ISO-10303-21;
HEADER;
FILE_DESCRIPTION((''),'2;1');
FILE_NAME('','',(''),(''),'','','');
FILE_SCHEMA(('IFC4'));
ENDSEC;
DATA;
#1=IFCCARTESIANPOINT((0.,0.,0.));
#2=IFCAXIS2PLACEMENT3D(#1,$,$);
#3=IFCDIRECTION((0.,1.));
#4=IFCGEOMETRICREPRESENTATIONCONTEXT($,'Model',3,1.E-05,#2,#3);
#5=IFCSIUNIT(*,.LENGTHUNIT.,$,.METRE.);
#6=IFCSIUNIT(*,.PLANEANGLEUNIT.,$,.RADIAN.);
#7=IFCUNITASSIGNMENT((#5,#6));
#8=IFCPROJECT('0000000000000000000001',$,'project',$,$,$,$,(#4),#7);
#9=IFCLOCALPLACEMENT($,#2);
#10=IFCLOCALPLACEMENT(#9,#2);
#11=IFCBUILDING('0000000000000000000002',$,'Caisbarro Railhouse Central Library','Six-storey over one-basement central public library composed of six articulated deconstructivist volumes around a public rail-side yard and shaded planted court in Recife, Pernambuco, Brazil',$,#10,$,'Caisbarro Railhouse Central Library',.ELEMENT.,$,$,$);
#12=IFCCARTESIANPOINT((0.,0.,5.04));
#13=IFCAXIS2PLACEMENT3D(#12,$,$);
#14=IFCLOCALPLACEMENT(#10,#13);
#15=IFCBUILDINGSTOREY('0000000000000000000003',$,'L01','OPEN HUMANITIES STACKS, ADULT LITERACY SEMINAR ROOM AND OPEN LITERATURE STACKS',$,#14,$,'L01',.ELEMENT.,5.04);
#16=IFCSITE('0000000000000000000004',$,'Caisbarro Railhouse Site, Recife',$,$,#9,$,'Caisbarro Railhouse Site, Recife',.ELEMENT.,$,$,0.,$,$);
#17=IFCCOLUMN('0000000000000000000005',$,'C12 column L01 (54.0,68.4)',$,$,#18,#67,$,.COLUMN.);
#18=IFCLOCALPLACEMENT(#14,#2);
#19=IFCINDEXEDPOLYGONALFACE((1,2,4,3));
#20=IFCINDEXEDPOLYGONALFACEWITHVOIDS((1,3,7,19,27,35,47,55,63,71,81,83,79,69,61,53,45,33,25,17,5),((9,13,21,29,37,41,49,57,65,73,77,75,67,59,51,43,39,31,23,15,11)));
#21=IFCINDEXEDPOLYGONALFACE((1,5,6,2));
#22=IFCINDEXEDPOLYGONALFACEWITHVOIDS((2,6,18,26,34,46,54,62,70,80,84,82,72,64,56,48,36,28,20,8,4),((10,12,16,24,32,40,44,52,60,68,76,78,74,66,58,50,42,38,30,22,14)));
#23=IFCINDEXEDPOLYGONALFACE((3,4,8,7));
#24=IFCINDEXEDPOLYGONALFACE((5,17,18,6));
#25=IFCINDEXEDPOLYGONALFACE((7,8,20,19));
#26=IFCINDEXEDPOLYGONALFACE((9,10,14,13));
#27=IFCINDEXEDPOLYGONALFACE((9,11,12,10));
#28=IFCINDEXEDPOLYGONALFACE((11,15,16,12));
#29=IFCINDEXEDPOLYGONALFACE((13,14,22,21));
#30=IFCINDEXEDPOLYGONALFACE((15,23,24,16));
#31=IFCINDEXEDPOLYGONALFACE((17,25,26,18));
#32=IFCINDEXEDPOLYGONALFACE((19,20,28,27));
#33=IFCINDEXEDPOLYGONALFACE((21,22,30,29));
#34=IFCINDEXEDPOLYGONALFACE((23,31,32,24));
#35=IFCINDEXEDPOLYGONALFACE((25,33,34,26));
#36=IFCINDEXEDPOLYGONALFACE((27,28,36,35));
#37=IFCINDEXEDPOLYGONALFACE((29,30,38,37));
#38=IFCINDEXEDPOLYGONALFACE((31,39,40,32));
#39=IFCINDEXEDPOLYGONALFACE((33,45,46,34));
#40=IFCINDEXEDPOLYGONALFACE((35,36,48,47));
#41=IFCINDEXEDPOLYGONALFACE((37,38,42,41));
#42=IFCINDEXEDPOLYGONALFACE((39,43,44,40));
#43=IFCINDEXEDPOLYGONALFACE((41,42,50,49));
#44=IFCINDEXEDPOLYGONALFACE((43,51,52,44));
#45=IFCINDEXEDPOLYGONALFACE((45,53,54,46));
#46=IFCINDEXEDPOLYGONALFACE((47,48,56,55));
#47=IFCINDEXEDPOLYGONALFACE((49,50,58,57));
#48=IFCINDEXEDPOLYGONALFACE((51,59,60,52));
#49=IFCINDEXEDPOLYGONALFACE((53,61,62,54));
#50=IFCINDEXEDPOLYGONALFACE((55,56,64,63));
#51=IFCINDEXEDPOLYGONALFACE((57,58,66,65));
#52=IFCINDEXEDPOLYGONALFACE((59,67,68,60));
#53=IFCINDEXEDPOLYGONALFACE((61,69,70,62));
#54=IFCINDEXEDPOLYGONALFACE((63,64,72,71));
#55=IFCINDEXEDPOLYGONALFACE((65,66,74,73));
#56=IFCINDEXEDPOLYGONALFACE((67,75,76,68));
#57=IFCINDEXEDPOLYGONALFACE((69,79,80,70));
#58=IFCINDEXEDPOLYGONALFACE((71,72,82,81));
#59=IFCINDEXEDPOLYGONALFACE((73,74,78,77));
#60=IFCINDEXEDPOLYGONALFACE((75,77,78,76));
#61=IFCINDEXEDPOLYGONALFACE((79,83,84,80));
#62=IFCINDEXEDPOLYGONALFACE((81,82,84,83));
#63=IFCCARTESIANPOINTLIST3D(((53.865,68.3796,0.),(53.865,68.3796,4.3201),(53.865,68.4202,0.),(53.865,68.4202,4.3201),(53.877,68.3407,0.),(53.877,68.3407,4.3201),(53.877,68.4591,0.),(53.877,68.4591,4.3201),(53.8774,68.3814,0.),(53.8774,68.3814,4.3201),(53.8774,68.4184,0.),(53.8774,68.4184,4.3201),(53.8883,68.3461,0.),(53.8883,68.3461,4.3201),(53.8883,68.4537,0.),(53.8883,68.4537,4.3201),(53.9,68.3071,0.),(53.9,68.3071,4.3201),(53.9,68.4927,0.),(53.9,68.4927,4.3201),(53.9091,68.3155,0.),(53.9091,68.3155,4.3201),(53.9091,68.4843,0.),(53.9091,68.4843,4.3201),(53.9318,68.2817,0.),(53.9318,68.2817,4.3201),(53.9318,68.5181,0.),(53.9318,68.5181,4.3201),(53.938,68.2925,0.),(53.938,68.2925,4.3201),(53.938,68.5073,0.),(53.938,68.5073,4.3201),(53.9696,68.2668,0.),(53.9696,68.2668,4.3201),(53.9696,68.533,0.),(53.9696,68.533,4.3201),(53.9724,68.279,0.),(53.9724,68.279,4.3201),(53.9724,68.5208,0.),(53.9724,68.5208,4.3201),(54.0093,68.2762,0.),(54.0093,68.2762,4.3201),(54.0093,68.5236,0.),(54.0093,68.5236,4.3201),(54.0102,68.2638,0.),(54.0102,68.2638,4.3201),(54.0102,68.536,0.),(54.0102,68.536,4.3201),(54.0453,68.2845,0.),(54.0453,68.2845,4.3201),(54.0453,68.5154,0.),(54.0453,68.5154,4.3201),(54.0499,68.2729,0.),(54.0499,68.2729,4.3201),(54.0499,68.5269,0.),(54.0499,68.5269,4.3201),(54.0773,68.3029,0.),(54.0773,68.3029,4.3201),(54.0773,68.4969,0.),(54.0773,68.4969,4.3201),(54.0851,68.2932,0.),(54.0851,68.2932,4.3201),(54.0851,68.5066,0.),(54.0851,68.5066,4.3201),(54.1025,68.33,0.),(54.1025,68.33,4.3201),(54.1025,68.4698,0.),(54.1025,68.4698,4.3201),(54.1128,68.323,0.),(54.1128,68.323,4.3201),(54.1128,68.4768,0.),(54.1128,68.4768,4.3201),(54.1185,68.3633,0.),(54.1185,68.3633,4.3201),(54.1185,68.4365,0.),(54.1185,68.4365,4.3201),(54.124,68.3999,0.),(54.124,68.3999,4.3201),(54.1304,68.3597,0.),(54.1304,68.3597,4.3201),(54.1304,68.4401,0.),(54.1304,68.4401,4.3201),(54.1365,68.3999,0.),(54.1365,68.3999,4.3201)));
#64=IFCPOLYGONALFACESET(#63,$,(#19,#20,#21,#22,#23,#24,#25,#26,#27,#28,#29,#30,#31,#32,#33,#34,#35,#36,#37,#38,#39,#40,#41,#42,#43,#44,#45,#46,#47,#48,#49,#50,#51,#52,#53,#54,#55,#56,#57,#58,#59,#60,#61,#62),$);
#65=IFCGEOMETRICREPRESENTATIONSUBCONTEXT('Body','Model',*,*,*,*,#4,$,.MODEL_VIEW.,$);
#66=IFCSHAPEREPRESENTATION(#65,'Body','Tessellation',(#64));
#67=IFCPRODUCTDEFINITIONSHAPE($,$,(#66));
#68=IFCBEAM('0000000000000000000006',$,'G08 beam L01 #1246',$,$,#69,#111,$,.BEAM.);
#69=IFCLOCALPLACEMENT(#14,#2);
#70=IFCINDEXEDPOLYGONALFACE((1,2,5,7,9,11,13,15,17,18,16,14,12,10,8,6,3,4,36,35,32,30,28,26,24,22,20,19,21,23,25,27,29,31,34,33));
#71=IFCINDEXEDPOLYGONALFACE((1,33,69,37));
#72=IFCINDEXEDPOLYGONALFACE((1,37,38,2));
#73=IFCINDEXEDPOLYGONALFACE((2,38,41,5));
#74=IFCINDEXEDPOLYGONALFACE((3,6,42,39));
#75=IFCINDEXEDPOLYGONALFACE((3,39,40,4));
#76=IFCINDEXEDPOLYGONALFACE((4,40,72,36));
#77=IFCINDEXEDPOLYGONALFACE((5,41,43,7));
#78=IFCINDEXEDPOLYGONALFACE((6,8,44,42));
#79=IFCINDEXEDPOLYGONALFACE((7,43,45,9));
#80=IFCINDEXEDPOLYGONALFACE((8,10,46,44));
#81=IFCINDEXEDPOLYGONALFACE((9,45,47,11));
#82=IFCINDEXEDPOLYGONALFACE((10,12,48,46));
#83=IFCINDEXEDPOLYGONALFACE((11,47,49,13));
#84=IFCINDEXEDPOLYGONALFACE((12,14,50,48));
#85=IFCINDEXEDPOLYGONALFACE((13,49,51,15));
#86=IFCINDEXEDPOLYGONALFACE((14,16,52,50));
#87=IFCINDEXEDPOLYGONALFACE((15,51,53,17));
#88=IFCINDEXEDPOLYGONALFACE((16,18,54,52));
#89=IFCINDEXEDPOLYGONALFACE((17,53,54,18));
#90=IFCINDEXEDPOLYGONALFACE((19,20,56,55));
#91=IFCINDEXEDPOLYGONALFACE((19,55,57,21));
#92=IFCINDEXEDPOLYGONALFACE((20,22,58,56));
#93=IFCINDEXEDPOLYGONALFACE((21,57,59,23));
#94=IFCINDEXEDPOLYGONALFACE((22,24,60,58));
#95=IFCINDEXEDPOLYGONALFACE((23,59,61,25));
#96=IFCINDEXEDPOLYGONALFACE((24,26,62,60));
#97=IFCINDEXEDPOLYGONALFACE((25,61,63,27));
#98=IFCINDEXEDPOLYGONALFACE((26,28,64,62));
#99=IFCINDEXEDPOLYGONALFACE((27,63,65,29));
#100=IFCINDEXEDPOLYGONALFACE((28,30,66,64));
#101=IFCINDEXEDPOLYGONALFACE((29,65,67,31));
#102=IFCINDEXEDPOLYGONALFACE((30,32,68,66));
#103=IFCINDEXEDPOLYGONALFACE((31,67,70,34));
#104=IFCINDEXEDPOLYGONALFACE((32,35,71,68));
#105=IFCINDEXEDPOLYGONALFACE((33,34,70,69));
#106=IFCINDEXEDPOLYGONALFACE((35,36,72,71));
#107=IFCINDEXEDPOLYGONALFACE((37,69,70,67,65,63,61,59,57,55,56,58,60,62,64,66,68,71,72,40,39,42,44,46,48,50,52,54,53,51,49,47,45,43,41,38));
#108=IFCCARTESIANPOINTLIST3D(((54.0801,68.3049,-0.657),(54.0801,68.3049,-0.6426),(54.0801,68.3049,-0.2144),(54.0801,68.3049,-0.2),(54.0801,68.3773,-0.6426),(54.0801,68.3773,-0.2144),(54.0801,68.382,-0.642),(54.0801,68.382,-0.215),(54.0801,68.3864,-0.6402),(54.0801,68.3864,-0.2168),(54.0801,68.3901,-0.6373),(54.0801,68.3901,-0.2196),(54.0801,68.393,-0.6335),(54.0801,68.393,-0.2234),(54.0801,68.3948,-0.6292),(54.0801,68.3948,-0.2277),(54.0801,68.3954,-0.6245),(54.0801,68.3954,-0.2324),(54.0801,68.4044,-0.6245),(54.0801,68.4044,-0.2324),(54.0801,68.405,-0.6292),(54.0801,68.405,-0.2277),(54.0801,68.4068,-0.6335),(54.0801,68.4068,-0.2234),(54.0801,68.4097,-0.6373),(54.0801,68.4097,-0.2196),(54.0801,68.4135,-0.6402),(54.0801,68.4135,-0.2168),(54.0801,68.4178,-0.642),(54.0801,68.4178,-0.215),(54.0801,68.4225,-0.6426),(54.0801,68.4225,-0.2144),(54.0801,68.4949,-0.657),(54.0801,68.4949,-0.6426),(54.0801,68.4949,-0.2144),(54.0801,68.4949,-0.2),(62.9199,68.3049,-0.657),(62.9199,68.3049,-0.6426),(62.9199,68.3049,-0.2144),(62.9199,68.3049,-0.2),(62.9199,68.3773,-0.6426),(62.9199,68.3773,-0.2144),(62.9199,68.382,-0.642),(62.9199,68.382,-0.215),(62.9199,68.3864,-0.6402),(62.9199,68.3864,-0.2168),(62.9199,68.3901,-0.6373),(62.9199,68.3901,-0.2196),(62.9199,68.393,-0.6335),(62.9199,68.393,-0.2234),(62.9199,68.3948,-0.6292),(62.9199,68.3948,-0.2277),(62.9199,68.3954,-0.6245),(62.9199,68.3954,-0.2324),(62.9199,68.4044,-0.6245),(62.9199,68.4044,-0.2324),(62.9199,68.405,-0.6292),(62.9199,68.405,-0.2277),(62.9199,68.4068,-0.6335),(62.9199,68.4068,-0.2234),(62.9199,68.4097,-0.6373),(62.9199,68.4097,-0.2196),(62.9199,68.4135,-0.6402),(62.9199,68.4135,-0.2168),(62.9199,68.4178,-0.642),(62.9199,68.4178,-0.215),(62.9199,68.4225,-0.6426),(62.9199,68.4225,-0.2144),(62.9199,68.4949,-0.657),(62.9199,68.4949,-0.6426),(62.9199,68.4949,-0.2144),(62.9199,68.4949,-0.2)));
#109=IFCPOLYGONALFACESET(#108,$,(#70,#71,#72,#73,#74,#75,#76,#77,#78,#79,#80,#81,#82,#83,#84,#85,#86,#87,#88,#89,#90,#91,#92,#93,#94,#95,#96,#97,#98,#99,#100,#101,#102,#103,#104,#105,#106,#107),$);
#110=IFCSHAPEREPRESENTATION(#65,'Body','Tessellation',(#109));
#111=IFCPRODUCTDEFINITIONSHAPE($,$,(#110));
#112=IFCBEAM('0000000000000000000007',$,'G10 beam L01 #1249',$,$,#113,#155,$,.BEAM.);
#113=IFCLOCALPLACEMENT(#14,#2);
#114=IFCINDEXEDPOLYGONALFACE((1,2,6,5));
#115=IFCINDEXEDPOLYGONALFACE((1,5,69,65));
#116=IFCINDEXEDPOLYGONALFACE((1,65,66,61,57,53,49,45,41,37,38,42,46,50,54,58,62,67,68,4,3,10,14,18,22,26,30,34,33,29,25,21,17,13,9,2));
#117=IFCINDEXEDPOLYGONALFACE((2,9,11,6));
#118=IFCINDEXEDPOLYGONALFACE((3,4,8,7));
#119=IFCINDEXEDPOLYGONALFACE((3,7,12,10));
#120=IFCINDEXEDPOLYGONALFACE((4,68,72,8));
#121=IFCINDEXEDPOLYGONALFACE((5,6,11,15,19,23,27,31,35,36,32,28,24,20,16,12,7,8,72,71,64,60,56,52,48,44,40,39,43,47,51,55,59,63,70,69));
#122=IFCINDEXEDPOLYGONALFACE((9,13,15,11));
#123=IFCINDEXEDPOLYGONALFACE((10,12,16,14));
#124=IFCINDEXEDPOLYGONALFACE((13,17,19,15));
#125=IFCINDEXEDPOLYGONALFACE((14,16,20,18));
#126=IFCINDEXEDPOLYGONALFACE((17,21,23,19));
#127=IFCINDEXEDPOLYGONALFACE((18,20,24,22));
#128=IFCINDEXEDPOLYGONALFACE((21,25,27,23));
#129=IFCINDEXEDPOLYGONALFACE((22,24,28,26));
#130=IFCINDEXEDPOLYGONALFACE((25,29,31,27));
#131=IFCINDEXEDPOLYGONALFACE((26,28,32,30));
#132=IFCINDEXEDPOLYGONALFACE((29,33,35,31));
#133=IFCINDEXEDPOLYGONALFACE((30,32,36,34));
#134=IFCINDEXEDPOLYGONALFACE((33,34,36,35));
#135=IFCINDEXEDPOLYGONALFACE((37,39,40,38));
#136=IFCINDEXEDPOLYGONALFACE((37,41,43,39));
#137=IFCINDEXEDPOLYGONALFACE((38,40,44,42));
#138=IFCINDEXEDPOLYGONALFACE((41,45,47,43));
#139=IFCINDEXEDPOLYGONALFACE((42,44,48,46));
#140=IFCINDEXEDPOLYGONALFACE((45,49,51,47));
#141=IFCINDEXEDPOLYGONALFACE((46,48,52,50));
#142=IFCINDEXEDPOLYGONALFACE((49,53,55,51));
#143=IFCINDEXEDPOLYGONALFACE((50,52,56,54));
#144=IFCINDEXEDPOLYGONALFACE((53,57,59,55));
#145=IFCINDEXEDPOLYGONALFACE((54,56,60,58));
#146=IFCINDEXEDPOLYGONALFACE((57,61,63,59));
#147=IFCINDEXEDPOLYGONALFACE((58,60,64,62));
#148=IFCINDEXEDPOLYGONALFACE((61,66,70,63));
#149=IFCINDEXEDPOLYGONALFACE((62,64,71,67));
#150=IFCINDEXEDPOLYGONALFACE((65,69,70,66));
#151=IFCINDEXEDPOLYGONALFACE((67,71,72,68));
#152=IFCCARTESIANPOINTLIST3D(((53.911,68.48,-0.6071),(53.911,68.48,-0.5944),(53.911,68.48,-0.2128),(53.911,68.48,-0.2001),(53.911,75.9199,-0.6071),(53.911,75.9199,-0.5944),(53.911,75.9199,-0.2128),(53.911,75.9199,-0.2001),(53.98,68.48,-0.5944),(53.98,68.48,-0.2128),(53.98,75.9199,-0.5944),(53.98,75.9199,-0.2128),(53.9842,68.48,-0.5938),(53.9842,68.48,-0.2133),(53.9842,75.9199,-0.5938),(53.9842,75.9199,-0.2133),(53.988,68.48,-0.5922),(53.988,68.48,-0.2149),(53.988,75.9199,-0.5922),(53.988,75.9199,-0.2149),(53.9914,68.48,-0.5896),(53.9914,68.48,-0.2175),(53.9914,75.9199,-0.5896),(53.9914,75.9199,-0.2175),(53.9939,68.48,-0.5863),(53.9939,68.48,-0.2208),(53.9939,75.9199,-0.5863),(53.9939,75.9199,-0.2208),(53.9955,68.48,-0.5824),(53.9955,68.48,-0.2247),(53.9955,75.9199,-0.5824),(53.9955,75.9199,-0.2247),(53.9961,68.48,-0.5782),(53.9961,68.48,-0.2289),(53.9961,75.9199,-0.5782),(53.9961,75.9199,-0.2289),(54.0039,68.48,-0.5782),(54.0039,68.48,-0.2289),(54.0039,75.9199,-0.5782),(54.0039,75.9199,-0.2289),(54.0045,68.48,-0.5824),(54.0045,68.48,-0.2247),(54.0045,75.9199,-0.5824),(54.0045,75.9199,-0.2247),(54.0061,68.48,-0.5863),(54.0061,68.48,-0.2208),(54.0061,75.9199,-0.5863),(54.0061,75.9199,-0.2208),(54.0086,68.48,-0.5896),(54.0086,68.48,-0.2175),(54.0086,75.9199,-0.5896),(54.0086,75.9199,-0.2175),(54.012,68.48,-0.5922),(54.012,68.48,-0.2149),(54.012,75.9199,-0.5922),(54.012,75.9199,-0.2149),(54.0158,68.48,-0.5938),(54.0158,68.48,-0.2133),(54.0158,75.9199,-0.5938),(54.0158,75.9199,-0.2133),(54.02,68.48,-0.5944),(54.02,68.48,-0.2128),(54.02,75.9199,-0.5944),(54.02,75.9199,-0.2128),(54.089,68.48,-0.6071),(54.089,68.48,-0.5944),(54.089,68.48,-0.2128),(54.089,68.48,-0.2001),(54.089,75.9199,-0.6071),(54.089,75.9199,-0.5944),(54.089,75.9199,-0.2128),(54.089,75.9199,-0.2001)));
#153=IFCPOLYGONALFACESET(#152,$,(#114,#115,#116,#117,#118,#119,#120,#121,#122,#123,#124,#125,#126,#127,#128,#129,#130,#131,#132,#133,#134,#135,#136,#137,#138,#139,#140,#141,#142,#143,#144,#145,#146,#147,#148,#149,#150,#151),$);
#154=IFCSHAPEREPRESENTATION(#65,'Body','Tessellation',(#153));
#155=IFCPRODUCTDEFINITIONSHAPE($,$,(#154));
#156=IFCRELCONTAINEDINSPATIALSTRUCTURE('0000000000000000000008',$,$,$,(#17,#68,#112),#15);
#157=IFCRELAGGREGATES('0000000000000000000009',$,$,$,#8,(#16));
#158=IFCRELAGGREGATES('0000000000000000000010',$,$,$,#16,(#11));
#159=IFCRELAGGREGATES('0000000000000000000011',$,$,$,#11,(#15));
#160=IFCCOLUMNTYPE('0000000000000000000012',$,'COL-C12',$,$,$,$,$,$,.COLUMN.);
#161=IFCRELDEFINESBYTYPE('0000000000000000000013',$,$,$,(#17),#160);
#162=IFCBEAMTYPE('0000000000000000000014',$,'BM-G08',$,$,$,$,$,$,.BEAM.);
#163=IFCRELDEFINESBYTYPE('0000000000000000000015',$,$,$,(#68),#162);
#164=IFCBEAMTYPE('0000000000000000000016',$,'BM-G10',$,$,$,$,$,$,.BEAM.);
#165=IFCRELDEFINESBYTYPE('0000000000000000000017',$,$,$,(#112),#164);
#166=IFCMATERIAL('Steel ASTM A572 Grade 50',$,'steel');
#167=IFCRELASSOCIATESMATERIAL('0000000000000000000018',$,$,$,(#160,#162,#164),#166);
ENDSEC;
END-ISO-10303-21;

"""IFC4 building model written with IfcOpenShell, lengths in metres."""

from ifc_helpers import new_model, si_unit, direction, frame, origin, origin_2d, place, context, subcontext, project, spatial, hollow_circle, i_section, extrude, material, material_profile, profile_set, type_object, element, save


model = new_model("IFC4")

# Units and contexts
model_context = context("Model", 3, precision=1e-05, world=origin(), true_north=direction((0.0, 1.0)))
body_context = subcontext(model_context, "Body", "Model", "MODEL_VIEW")
ifc_project = project(units=[si_unit("LENGTHUNIT", "METRE"), si_unit("PLANEANGLEUNIT", "RADIAN")], contexts=[model_context])

# Site, building, storey
site_placement = place(None, origin())
site = spatial("IfcSite", under=ifc_project, at=site_placement, Name="Caisbarro Railhouse Site, Recife", LongName="Caisbarro Railhouse Site, Recife", CompositionType="ELEMENT", RefElevation=0.0)
building_placement = place(site_placement, origin())
building = spatial("IfcBuilding", under=site, at=building_placement, Name="Caisbarro Railhouse Central Library", Description="Six-storey over one-basement central public library composed of six articulated deconstructivist volumes around a public rail-side yard and shaded planted court in Recife, Pernambuco, Brazil", LongName="Caisbarro Railhouse Central Library", CompositionType="ELEMENT")
storey_placement = place(building_placement, frame((0.0, 0.0, 5.04)))
storey = spatial("IfcBuildingStorey", under=building, at=storey_placement, Name="L01", Description="OPEN HUMANITIES STACKS, ADULT LITERACY SEMINAR ROOM AND OPEN LITERATURE STACKS", LongName="L01", CompositionType="ELEMENT", Elevation=5.04)

# Column
ifc_material_1 = material(Name="Steel ASTM A572 Grade 50", Category="steel")
ifc_material_profile_1 = material_profile(ifc_material_1, hollow_circle(Radius=0.1365, WallThickness=0.0125, at=origin_2d()), Name="CHS273.0X12.5")
ifc_profile_set_1 = profile_set([ifc_material_profile_1], Name="Steel ASTM A572 Grade 50")
column_type = type_object("IfcColumnType", Name="COL-C12", PredefinedType="COLUMN", material=ifc_profile_set_1)
column_placement = place(storey_placement, frame((54.0, 68.3999, 0.0), z_axis=(0.0, 0.0, 1.0), x_axis=(1.0, 0.0, 0.0)))
element("IfcColumn", 1, at=column_placement, inside=storey, type_object=column_type, Name="C12 column L01 (54.0,68.4)", PredefinedType="COLUMN", context=body_context, shape_type="SweptSolid", body=[
    extrude(hollow_circle(Radius=0.1365, WallThickness=0.0125, at=origin_2d()), origin(), (0.0, 0.0, 1.0), 4.3201),
])

# Beams
ifc_material_profile_2 = material_profile(ifc_material_1, i_section(OverallWidth=0.1899, OverallDepth=0.457, WebThickness=0.009, FlangeThickness=0.0144, FilletRadius=0.0181, at=origin_2d()), Name="W460X74.0")
ifc_profile_set_2 = profile_set([ifc_material_profile_2], Name="Steel ASTM A572 Grade 50")
beam_type_1 = type_object("IfcBeamType", Name="BM-G08", PredefinedType="BEAM", material=ifc_profile_set_2)
beam_1_placement = place(storey_placement, frame((54.0801, 68.3999, -0.4285), z_axis=(1.0, 0.0, 0.0), x_axis=(0.0, 1.0, 0.0)))
element("IfcBeam", 2, at=beam_1_placement, inside=storey, type_object=beam_type_1, Name="G08 beam L01 #1246", PredefinedType="BEAM", context=body_context, shape_type="SweptSolid", body=[
    extrude(i_section(OverallWidth=0.1899, OverallDepth=0.457, WebThickness=0.009, FlangeThickness=0.0144, FilletRadius=0.0181, at=origin_2d()), origin(), (0.0, 0.0, 1.0), 8.8398),
])
ifc_material_profile_3 = material_profile(ifc_material_1, i_section(OverallWidth=0.178, OverallDepth=0.407, WebThickness=0.0078, FlangeThickness=0.0127, FilletRadius=0.0161, at=origin_2d()), Name="W410X60.0")
ifc_profile_set_3 = profile_set([ifc_material_profile_3], Name="Steel ASTM A572 Grade 50")
beam_type_2 = type_object("IfcBeamType", Name="BM-G10", PredefinedType="BEAM", material=ifc_profile_set_3)
beam_2_placement = place(storey_placement, frame((54.0, 68.48, -0.4036), z_axis=(0.0, 1.0, 0.0), x_axis=(-1.0, 0.0, 0.0)))
element("IfcBeam", 3, at=beam_2_placement, inside=storey, type_object=beam_type_2, Name="G10 beam L01 #1249", PredefinedType="BEAM", context=body_context, shape_type="SweptSolid", body=[
    extrude(i_section(OverallWidth=0.178, OverallDepth=0.407, WebThickness=0.0078, FlangeThickness=0.0127, FilletRadius=0.0161, at=origin_2d()), origin(), (0.0, 0.0, 1.0), 7.4399),
])

save(model, "model.ifc")
